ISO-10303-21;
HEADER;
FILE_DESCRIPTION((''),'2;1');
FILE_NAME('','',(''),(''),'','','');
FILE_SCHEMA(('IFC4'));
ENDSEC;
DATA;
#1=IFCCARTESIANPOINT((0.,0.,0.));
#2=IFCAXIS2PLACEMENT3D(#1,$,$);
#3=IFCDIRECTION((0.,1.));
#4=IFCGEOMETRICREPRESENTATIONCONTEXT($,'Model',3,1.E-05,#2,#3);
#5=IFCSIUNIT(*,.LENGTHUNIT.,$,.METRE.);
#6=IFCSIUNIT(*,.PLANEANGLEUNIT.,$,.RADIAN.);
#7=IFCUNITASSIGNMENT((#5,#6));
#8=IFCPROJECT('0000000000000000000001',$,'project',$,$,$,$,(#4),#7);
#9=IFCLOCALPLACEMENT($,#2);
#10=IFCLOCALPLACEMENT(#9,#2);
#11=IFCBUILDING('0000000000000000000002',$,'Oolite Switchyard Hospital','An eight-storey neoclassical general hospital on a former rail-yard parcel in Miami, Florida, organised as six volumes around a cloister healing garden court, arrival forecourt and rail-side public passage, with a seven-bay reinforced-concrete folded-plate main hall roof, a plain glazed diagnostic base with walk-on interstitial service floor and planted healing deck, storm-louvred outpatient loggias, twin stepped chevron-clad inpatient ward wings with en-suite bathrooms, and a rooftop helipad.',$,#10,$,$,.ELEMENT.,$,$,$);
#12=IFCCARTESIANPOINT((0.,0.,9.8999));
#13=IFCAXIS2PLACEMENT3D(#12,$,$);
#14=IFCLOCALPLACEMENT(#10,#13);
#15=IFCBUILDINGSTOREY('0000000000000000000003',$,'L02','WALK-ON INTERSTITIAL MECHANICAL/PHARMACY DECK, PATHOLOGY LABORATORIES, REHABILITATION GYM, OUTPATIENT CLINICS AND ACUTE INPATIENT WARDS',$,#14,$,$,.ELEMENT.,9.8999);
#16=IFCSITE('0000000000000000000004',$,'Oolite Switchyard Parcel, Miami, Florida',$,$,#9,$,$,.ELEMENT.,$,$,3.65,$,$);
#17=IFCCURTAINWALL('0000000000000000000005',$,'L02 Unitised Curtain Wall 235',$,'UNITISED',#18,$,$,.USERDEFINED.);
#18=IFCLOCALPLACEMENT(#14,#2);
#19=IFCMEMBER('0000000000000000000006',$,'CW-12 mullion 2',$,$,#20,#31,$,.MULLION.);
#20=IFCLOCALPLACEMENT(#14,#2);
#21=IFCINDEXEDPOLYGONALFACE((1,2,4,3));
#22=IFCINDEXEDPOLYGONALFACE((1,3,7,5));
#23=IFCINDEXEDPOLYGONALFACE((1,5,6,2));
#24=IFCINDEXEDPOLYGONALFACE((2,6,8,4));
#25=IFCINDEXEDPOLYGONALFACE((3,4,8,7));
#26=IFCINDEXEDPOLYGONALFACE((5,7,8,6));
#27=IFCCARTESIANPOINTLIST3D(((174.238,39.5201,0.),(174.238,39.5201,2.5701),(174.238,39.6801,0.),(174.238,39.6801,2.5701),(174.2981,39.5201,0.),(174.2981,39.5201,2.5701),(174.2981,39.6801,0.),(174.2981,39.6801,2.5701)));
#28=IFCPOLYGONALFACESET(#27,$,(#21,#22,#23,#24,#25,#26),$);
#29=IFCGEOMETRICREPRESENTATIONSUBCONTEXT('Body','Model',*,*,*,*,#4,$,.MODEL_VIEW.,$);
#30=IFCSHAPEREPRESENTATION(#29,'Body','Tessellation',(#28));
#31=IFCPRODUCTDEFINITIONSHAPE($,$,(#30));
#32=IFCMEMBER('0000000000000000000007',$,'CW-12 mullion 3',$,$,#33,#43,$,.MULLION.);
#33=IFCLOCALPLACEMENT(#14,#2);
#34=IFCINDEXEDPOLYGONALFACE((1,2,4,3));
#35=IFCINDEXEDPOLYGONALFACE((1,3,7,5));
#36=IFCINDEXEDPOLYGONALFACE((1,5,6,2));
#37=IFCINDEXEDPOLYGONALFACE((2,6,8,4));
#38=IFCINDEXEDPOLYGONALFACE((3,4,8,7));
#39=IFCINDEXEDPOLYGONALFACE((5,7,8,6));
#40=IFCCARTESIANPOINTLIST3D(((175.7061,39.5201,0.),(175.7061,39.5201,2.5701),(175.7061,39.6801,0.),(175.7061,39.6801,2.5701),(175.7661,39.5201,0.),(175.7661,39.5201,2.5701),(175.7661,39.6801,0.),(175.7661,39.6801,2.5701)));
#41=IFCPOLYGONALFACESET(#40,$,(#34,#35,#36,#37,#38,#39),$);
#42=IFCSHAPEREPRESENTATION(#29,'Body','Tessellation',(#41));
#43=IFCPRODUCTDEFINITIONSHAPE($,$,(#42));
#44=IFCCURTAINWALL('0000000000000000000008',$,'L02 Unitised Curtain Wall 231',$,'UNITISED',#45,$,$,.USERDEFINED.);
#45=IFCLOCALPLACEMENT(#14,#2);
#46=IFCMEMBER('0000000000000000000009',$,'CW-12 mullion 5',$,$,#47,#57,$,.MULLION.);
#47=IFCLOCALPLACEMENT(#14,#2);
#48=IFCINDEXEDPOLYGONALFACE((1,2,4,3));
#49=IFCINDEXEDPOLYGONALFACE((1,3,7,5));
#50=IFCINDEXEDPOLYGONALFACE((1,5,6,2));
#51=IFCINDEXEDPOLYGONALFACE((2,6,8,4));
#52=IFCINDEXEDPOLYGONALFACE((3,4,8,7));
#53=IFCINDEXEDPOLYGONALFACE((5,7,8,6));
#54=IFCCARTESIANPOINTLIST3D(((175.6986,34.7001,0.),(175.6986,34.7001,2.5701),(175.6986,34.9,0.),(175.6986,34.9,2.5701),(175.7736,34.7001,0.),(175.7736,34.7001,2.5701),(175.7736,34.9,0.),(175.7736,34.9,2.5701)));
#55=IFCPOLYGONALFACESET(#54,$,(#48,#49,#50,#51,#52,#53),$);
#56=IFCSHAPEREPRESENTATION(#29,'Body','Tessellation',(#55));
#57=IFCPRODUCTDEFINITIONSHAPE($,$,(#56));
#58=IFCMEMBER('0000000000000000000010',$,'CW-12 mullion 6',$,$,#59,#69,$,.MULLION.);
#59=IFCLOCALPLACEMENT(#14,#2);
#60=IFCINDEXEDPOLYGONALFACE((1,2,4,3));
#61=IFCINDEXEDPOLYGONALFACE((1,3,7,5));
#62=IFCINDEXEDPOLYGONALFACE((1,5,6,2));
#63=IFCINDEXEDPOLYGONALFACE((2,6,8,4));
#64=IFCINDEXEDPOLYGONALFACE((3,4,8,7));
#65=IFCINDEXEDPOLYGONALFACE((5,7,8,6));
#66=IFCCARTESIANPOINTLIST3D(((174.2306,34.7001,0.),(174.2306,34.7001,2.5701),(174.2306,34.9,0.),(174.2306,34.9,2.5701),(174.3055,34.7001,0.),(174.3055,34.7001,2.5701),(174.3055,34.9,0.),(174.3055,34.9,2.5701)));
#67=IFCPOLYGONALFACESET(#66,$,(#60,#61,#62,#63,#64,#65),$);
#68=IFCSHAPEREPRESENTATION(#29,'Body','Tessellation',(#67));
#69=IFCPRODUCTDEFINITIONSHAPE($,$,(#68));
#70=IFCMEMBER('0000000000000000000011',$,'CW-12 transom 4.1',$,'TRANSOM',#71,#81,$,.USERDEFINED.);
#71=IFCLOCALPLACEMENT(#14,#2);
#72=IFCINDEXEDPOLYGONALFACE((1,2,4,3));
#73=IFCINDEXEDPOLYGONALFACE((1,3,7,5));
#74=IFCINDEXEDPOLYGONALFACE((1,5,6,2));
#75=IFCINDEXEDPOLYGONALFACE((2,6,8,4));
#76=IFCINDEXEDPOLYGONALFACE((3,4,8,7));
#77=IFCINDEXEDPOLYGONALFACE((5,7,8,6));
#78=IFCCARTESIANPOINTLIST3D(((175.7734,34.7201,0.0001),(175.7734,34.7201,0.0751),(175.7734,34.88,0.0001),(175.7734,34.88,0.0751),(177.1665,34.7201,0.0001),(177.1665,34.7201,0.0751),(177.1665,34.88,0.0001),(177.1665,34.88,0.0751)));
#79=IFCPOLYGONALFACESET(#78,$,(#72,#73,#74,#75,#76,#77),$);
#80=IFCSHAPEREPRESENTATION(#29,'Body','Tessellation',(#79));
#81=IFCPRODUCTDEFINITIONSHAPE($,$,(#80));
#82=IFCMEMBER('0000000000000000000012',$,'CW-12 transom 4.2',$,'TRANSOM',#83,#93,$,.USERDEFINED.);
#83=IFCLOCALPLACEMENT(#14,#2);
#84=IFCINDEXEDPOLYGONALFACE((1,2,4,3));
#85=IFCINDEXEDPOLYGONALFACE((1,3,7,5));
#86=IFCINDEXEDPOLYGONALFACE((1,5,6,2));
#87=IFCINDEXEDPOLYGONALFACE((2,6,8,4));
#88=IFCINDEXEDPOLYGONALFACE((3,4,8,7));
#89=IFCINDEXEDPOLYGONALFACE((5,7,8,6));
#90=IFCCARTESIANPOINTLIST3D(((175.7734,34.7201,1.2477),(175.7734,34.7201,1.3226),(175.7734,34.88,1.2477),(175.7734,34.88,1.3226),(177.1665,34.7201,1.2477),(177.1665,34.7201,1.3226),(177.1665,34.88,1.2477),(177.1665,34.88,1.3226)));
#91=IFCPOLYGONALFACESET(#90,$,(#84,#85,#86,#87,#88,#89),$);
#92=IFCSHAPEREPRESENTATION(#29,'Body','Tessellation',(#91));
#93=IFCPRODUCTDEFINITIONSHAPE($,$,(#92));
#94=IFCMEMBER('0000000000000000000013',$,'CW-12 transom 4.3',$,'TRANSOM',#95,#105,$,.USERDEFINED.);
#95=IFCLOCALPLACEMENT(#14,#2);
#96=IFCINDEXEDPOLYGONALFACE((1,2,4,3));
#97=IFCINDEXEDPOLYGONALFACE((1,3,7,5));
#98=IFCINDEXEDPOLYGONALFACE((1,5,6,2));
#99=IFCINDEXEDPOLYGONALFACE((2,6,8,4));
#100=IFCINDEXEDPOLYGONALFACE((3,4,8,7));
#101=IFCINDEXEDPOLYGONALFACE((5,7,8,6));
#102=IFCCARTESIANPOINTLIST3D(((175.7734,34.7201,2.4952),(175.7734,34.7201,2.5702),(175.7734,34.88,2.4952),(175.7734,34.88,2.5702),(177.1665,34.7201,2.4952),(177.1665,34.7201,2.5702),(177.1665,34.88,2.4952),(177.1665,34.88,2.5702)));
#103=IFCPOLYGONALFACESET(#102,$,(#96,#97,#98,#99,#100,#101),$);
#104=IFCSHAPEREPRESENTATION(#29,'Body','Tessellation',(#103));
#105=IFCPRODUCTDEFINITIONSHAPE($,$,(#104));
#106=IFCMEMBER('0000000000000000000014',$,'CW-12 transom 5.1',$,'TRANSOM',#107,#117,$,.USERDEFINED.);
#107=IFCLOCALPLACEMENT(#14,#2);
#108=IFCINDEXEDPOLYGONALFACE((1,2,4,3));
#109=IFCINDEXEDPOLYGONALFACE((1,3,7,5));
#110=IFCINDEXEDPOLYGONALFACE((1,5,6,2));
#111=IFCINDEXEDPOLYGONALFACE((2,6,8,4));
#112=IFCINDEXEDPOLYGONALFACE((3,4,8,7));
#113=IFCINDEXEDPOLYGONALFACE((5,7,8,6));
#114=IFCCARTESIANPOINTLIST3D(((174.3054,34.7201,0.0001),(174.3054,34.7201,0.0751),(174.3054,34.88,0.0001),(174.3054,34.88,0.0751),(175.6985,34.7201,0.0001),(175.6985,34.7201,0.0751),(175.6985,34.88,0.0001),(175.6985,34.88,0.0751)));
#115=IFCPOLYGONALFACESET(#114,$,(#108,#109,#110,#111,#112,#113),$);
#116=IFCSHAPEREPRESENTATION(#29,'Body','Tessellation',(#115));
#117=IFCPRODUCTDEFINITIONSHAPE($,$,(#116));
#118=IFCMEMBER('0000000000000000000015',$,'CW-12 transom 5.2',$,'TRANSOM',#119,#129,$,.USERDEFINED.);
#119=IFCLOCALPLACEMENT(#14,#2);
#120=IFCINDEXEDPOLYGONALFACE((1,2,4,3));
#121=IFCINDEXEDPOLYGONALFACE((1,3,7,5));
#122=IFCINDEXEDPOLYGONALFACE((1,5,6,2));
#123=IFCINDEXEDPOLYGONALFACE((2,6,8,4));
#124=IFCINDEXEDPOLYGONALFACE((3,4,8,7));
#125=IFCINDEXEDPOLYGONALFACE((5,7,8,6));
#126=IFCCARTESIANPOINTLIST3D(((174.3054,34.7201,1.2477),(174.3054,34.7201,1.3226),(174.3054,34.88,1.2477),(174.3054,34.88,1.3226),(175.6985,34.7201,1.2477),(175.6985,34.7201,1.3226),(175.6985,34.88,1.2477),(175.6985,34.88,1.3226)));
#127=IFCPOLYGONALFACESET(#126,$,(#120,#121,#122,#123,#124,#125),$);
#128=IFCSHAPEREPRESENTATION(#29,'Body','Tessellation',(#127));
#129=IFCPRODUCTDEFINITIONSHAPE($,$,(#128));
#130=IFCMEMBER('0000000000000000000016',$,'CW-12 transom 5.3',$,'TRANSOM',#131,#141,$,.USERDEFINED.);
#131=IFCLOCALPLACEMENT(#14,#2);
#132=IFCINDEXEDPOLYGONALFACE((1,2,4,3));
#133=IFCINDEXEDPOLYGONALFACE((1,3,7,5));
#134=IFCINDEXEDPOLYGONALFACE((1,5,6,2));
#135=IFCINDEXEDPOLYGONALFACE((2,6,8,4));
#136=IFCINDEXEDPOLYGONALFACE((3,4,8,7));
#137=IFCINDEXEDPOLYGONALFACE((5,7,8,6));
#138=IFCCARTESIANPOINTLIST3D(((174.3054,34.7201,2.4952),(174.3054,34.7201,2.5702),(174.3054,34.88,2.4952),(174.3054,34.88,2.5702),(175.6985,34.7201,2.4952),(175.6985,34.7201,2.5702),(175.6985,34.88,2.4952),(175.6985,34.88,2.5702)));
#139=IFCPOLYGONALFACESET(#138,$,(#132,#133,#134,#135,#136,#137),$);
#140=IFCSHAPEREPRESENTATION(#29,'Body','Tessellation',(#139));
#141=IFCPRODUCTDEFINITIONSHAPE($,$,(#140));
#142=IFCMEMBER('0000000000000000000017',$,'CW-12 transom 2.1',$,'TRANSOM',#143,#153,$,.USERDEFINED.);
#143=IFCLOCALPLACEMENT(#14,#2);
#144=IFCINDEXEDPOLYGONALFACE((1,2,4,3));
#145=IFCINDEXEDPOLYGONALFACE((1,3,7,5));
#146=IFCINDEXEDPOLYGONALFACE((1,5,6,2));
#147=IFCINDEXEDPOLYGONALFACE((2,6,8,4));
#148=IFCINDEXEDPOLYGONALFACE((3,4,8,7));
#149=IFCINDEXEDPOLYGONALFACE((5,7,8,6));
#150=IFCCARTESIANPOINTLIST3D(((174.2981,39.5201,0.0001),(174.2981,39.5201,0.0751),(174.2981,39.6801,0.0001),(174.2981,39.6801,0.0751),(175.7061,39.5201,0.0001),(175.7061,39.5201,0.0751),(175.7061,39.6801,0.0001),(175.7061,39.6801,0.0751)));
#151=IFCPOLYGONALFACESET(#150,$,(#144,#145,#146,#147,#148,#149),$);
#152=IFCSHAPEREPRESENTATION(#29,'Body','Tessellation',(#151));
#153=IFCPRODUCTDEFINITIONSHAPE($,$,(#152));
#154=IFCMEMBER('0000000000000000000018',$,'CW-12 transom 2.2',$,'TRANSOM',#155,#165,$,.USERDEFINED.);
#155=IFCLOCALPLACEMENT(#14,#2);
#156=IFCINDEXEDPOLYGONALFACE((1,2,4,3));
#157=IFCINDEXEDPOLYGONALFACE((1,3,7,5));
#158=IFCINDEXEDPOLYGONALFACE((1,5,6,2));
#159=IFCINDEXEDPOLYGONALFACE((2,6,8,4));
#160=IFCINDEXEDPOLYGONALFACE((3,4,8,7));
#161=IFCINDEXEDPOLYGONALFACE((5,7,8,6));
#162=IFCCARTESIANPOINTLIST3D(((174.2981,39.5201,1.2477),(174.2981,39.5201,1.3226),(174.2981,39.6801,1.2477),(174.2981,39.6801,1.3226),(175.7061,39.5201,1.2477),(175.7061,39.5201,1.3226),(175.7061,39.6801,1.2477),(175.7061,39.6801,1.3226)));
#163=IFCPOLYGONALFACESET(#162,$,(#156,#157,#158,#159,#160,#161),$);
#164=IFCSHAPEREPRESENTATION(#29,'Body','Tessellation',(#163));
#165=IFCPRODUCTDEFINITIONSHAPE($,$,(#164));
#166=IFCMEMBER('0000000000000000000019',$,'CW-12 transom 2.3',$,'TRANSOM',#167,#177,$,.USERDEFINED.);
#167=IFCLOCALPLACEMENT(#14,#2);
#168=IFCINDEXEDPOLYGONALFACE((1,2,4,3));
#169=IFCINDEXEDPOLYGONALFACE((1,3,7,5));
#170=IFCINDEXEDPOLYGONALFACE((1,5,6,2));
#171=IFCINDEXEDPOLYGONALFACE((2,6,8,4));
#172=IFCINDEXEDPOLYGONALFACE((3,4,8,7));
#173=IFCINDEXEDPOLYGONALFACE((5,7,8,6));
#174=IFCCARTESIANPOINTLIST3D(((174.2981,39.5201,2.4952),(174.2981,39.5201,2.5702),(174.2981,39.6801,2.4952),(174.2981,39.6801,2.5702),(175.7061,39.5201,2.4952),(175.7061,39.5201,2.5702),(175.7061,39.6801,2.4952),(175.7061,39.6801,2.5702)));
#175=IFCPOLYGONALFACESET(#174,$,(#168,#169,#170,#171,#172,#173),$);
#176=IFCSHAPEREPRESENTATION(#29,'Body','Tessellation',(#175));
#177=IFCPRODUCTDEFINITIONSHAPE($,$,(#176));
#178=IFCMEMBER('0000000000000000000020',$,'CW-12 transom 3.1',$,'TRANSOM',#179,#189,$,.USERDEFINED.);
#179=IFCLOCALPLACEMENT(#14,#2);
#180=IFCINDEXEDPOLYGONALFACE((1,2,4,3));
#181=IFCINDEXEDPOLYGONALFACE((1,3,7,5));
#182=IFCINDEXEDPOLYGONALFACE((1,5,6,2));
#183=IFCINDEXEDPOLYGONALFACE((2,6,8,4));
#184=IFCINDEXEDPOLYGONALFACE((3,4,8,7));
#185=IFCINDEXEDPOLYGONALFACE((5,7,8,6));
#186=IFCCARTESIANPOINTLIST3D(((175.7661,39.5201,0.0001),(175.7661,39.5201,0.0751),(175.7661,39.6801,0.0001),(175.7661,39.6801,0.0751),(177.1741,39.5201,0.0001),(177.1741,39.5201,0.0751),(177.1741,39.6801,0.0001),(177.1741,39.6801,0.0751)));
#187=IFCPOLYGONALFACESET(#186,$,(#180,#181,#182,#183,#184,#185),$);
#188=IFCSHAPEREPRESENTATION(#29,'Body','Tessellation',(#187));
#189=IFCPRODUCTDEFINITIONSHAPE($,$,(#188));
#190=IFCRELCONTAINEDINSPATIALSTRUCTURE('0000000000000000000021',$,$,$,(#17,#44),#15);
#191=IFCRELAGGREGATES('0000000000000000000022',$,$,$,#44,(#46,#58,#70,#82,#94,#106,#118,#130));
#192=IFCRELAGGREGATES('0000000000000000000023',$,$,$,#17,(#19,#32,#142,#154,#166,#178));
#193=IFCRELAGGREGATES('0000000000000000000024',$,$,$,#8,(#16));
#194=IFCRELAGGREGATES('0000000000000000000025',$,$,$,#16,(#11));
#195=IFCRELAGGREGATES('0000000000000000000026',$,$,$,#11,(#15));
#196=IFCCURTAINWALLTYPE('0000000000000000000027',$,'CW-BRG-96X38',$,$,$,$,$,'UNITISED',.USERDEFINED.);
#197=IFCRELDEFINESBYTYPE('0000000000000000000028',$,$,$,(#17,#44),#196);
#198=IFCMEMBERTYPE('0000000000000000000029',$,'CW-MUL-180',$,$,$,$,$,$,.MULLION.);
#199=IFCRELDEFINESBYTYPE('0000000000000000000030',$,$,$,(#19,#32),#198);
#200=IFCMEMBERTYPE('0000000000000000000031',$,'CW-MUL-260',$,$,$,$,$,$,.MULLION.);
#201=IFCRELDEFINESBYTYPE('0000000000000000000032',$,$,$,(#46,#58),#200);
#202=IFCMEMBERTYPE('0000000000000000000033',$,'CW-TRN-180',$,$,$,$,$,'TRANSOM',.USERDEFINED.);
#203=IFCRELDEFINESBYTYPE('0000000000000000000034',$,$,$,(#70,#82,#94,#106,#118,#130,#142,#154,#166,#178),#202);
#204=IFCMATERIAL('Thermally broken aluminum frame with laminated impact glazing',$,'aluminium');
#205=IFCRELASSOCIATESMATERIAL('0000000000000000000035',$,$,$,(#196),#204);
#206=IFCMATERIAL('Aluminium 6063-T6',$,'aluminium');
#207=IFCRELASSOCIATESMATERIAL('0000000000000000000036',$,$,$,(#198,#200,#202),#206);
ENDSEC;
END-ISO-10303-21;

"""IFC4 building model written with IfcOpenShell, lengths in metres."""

from ifc_helpers import new_model, si_unit, direction, frame, origin, origin_2d, place, context, subcontext, project, spatial, rectangle, extrude, material, material_profile, profile_set, type_object, element, aggregate, save


model = new_model("IFC4")

# Units and contexts
model_context = context("Model", 3, precision=1e-05, world=origin(), true_north=direction((0.0, 1.0)))
body_context = subcontext(model_context, "Body", "Model", "MODEL_VIEW")
ifc_project = project(units=[si_unit("LENGTHUNIT", "METRE"), si_unit("PLANEANGLEUNIT", "RADIAN")], contexts=[model_context])

# Site, building, storey
site_placement = place(None, origin())
site = spatial("IfcSite", under=ifc_project, at=site_placement, Name="Oolite Switchyard Parcel, Miami, Florida", CompositionType="ELEMENT", RefElevation=3.65)
building_placement = place(site_placement, origin())
building = spatial("IfcBuilding", under=site, at=building_placement, Name="Oolite Switchyard Hospital", Description="An eight-storey neoclassical general hospital on a former rail-yard parcel in Miami, Florida, organised as six volumes around a cloister healing garden court, arrival forecourt and rail-side public passage, with a seven-bay reinforced-concrete folded-plate main hall roof, a plain glazed diagnostic base with walk-on interstitial service floor and planted healing deck, storm-louvred outpatient loggias, twin stepped chevron-clad inpatient ward wings with en-suite bathrooms, and a rooftop helipad.", CompositionType="ELEMENT")
storey_placement = place(building_placement, frame((0.0, 0.0, 9.8999)))
storey = spatial("IfcBuildingStorey", under=building, at=storey_placement, Name="L02", Description="WALK-ON INTERSTITIAL MECHANICAL/PHARMACY DECK, PATHOLOGY LABORATORIES, REHABILITATION GYM, OUTPATIENT CLINICS AND ACUTE INPATIENT WARDS", CompositionType="ELEMENT", Elevation=9.8999)

# Curtain walls, members
ifc_material_1 = material(Name="Thermally broken aluminum frame with laminated impact glazing", Category="aluminium")
curtain_wall_type = type_object("IfcCurtainWallType", Name="CW-BRG-96X38", ElementType="UNITISED", PredefinedType="USERDEFINED", material=ifc_material_1)
curtain_wall_1_placement = place(storey_placement, origin())
curtain_wall_1 = element("IfcCurtainWall", 1, at=curtain_wall_1_placement, inside=storey, type_object=curtain_wall_type, Name="L02 Unitised Curtain Wall 235", ObjectType="UNITISED", PredefinedType="USERDEFINED")
ifc_material_2 = material(Name="Aluminium 6063-T6", Category="aluminium")
ifc_material_profile_1 = material_profile(ifc_material_2, rectangle(XDim=0.1599, YDim=0.0601, at=origin_2d()), Name="CWM60X160")
ifc_profile_set_1 = profile_set([ifc_material_profile_1], Name="Aluminium 6063-T6")
member_type_1 = type_object("IfcMemberType", Name="CW-MUL-180", PredefinedType="MULLION", material=ifc_profile_set_1)
member_1_placement = place(storey_placement, frame((174.2681, 39.6001, 0.0), z_axis=(0.0, 0.0, 1.0), x_axis=(0.0, 1.0, 0.0)))
member_1 = element("IfcMember", 2, at=member_1_placement, type_object=member_type_1, Name="CW-12 mullion 2", PredefinedType="MULLION", context=body_context, shape_type="SweptSolid", body=[
    extrude(rectangle(XDim=0.1599, YDim=0.0601, at=origin_2d()), origin(), (0.0, 0.0, 1.0), 2.5701),
])
member_2_placement = place(storey_placement, frame((175.7361, 39.6001, 0.0), z_axis=(0.0, 0.0, 1.0), x_axis=(0.0, 1.0, 0.0)))
member_2 = element("IfcMember", 3, at=member_2_placement, type_object=member_type_1, Name="CW-12 mullion 3", PredefinedType="MULLION", context=body_context, shape_type="SweptSolid", body=[
    extrude(rectangle(XDim=0.1599, YDim=0.0601, at=origin_2d()), origin(), (0.0, 0.0, 1.0), 2.5701),
])
curtain_wall_2_placement = place(storey_placement, origin())
curtain_wall_2 = element("IfcCurtainWall", 4, at=curtain_wall_2_placement, inside=storey, type_object=curtain_wall_type, Name="L02 Unitised Curtain Wall 231", ObjectType="UNITISED", PredefinedType="USERDEFINED")
ifc_material_profile_2 = material_profile(ifc_material_2, rectangle(XDim=0.2, YDim=0.075, at=origin_2d()), Name="CWM75X200")
ifc_profile_set_2 = profile_set([ifc_material_profile_2], Name="Aluminium 6063-T6")
member_type_2 = type_object("IfcMemberType", Name="CW-MUL-260", PredefinedType="MULLION", material=ifc_profile_set_2)
member_3_placement = place(storey_placement, frame((175.7361, 34.8, 0.0), z_axis=(0.0, 0.0, 1.0), x_axis=(0.0, -1.0, 0.0)))
member_3 = element("IfcMember", 5, at=member_3_placement, type_object=member_type_2, Name="CW-12 mullion 5", PredefinedType="MULLION", context=body_context, shape_type="SweptSolid", body=[
    extrude(rectangle(XDim=0.2, YDim=0.075, at=origin_2d()), origin(), (0.0, 0.0, 1.0), 2.5701),
])
member_4_placement = place(storey_placement, frame((174.2681, 34.8, 0.0), z_axis=(0.0, 0.0, 1.0), x_axis=(0.0, -1.0, 0.0)))
member_4 = element("IfcMember", 6, at=member_4_placement, type_object=member_type_2, Name="CW-12 mullion 6", PredefinedType="MULLION", context=body_context, shape_type="SweptSolid", body=[
    extrude(rectangle(XDim=0.2, YDim=0.075, at=origin_2d()), origin(), (0.0, 0.0, 1.0), 2.5701),
])
ifc_material_profile_3 = material_profile(ifc_material_2, rectangle(XDim=0.1599, YDim=0.075, at=origin_2d()), Name="CWT75X160")
ifc_profile_set_3 = profile_set([ifc_material_profile_3], Name="Aluminium 6063-T6")
member_type_3 = type_object("IfcMemberType", Name="CW-TRN-180", ElementType="TRANSOM", PredefinedType="USERDEFINED", material=ifc_profile_set_3)
member_5_placement = place(storey_placement, frame((177.1665, 34.8, 0.0376), z_axis=(-1.0, 0.0, 0.0), x_axis=(0.0, -1.0, 0.0)))
member_5 = element("IfcMember", 7, at=member_5_placement, type_object=member_type_3, Name="CW-12 transom 4.1", ObjectType="TRANSOM", PredefinedType="USERDEFINED", context=body_context, shape_type="SweptSolid", body=[
    extrude(rectangle(XDim=0.1599, YDim=0.075, at=origin_2d()), origin(), (0.0, 0.0, 1.0), 1.3931),
])
member_6_placement = place(storey_placement, frame((177.1665, 34.8, 1.2852), z_axis=(-1.0, 0.0, 0.0), x_axis=(0.0, -1.0, 0.0)))
member_6 = element("IfcMember", 8, at=member_6_placement, type_object=member_type_3, Name="CW-12 transom 4.2", ObjectType="TRANSOM", PredefinedType="USERDEFINED", context=body_context, shape_type="SweptSolid", body=[
    extrude(rectangle(XDim=0.1599, YDim=0.075, at=origin_2d()), origin(), (0.0, 0.0, 1.0), 1.3931),
])
member_7_placement = place(storey_placement, frame((177.1665, 34.8, 2.5327), z_axis=(-1.0, 0.0, 0.0), x_axis=(0.0, -1.0, 0.0)))
member_7 = element("IfcMember", 9, at=member_7_placement, type_object=member_type_3, Name="CW-12 transom 4.3", ObjectType="TRANSOM", PredefinedType="USERDEFINED", context=body_context, shape_type="SweptSolid", body=[
    extrude(rectangle(XDim=0.1599, YDim=0.075, at=origin_2d()), origin(), (0.0, 0.0, 1.0), 1.3931),
])
member_8_placement = place(storey_placement, frame((175.6985, 34.8, 0.0376), z_axis=(-1.0, 0.0, 0.0), x_axis=(0.0, -1.0, 0.0)))
member_8 = element("IfcMember", 10, at=member_8_placement, type_object=member_type_3, Name="CW-12 transom 5.1", ObjectType="TRANSOM", PredefinedType="USERDEFINED", context=body_context, shape_type="SweptSolid", body=[
    extrude(rectangle(XDim=0.1599, YDim=0.075, at=origin_2d()), origin(), (0.0, 0.0, 1.0), 1.3931),
])
member_9_placement = place(storey_placement, frame((175.6985, 34.8, 1.2852), z_axis=(-1.0, 0.0, 0.0), x_axis=(0.0, -1.0, 0.0)))
member_9 = element("IfcMember", 11, at=member_9_placement, type_object=member_type_3, Name="CW-12 transom 5.2", ObjectType="TRANSOM", PredefinedType="USERDEFINED", context=body_context, shape_type="SweptSolid", body=[
    extrude(rectangle(XDim=0.1599, YDim=0.075, at=origin_2d()), origin(), (0.0, 0.0, 1.0), 1.3931),
])
member_10_placement = place(storey_placement, frame((175.6985, 34.8, 2.5327), z_axis=(-1.0, 0.0, 0.0), x_axis=(0.0, -1.0, 0.0)))
member_10 = element("IfcMember", 12, at=member_10_placement, type_object=member_type_3, Name="CW-12 transom 5.3", ObjectType="TRANSOM", PredefinedType="USERDEFINED", context=body_context, shape_type="SweptSolid", body=[
    extrude(rectangle(XDim=0.1599, YDim=0.075, at=origin_2d()), origin(), (0.0, 0.0, 1.0), 1.3931),
])

# Members
member_11_placement = place(storey_placement, frame((174.2981, 39.6001, 0.0376), z_axis=(1.0, 0.0, 0.0), x_axis=(0.0, 1.0, 0.0)))
member_11 = element("IfcMember", 13, at=member_11_placement, type_object=member_type_3, Name="CW-12 transom 2.1", ObjectType="TRANSOM", PredefinedType="USERDEFINED", context=body_context, shape_type="SweptSolid", body=[
    extrude(rectangle(XDim=0.1599, YDim=0.075, at=origin_2d()), origin(), (0.0, 0.0, 1.0), 1.408),
])
member_12_placement = place(storey_placement, frame((174.2981, 39.6001, 1.2852), z_axis=(1.0, 0.0, 0.0), x_axis=(0.0, 1.0, 0.0)))
member_12 = element("IfcMember", 14, at=member_12_placement, type_object=member_type_3, Name="CW-12 transom 2.2", ObjectType="TRANSOM", PredefinedType="USERDEFINED", context=body_context, shape_type="SweptSolid", body=[
    extrude(rectangle(XDim=0.1599, YDim=0.075, at=origin_2d()), origin(), (0.0, 0.0, 1.0), 1.408),
])
member_13_placement = place(storey_placement, frame((174.2981, 39.6001, 2.5327), z_axis=(1.0, 0.0, 0.0), x_axis=(0.0, 1.0, 0.0)))
member_13 = element("IfcMember", 15, at=member_13_placement, type_object=member_type_3, Name="CW-12 transom 2.3", ObjectType="TRANSOM", PredefinedType="USERDEFINED", context=body_context, shape_type="SweptSolid", body=[
    extrude(rectangle(XDim=0.1599, YDim=0.075, at=origin_2d()), origin(), (0.0, 0.0, 1.0), 1.408),
])
member_14_placement = place(storey_placement, frame((175.7661, 39.6001, 0.0376), z_axis=(1.0, 0.0, 0.0), x_axis=(0.0, 1.0, 0.0)))
member_14 = element("IfcMember", 16, at=member_14_placement, type_object=member_type_3, Name="CW-12 transom 3.1", ObjectType="TRANSOM", PredefinedType="USERDEFINED", context=body_context, shape_type="SweptSolid", body=[
    extrude(rectangle(XDim=0.1599, YDim=0.075, at=origin_2d()), origin(), (0.0, 0.0, 1.0), 1.408),
])

aggregate(curtain_wall_2, [member_3, member_4, member_5, member_6, member_7, member_8, member_9, member_10])
aggregate(curtain_wall_1, [member_1, member_2, member_11, member_12, member_13, member_14])

save(model, "model.ifc")
